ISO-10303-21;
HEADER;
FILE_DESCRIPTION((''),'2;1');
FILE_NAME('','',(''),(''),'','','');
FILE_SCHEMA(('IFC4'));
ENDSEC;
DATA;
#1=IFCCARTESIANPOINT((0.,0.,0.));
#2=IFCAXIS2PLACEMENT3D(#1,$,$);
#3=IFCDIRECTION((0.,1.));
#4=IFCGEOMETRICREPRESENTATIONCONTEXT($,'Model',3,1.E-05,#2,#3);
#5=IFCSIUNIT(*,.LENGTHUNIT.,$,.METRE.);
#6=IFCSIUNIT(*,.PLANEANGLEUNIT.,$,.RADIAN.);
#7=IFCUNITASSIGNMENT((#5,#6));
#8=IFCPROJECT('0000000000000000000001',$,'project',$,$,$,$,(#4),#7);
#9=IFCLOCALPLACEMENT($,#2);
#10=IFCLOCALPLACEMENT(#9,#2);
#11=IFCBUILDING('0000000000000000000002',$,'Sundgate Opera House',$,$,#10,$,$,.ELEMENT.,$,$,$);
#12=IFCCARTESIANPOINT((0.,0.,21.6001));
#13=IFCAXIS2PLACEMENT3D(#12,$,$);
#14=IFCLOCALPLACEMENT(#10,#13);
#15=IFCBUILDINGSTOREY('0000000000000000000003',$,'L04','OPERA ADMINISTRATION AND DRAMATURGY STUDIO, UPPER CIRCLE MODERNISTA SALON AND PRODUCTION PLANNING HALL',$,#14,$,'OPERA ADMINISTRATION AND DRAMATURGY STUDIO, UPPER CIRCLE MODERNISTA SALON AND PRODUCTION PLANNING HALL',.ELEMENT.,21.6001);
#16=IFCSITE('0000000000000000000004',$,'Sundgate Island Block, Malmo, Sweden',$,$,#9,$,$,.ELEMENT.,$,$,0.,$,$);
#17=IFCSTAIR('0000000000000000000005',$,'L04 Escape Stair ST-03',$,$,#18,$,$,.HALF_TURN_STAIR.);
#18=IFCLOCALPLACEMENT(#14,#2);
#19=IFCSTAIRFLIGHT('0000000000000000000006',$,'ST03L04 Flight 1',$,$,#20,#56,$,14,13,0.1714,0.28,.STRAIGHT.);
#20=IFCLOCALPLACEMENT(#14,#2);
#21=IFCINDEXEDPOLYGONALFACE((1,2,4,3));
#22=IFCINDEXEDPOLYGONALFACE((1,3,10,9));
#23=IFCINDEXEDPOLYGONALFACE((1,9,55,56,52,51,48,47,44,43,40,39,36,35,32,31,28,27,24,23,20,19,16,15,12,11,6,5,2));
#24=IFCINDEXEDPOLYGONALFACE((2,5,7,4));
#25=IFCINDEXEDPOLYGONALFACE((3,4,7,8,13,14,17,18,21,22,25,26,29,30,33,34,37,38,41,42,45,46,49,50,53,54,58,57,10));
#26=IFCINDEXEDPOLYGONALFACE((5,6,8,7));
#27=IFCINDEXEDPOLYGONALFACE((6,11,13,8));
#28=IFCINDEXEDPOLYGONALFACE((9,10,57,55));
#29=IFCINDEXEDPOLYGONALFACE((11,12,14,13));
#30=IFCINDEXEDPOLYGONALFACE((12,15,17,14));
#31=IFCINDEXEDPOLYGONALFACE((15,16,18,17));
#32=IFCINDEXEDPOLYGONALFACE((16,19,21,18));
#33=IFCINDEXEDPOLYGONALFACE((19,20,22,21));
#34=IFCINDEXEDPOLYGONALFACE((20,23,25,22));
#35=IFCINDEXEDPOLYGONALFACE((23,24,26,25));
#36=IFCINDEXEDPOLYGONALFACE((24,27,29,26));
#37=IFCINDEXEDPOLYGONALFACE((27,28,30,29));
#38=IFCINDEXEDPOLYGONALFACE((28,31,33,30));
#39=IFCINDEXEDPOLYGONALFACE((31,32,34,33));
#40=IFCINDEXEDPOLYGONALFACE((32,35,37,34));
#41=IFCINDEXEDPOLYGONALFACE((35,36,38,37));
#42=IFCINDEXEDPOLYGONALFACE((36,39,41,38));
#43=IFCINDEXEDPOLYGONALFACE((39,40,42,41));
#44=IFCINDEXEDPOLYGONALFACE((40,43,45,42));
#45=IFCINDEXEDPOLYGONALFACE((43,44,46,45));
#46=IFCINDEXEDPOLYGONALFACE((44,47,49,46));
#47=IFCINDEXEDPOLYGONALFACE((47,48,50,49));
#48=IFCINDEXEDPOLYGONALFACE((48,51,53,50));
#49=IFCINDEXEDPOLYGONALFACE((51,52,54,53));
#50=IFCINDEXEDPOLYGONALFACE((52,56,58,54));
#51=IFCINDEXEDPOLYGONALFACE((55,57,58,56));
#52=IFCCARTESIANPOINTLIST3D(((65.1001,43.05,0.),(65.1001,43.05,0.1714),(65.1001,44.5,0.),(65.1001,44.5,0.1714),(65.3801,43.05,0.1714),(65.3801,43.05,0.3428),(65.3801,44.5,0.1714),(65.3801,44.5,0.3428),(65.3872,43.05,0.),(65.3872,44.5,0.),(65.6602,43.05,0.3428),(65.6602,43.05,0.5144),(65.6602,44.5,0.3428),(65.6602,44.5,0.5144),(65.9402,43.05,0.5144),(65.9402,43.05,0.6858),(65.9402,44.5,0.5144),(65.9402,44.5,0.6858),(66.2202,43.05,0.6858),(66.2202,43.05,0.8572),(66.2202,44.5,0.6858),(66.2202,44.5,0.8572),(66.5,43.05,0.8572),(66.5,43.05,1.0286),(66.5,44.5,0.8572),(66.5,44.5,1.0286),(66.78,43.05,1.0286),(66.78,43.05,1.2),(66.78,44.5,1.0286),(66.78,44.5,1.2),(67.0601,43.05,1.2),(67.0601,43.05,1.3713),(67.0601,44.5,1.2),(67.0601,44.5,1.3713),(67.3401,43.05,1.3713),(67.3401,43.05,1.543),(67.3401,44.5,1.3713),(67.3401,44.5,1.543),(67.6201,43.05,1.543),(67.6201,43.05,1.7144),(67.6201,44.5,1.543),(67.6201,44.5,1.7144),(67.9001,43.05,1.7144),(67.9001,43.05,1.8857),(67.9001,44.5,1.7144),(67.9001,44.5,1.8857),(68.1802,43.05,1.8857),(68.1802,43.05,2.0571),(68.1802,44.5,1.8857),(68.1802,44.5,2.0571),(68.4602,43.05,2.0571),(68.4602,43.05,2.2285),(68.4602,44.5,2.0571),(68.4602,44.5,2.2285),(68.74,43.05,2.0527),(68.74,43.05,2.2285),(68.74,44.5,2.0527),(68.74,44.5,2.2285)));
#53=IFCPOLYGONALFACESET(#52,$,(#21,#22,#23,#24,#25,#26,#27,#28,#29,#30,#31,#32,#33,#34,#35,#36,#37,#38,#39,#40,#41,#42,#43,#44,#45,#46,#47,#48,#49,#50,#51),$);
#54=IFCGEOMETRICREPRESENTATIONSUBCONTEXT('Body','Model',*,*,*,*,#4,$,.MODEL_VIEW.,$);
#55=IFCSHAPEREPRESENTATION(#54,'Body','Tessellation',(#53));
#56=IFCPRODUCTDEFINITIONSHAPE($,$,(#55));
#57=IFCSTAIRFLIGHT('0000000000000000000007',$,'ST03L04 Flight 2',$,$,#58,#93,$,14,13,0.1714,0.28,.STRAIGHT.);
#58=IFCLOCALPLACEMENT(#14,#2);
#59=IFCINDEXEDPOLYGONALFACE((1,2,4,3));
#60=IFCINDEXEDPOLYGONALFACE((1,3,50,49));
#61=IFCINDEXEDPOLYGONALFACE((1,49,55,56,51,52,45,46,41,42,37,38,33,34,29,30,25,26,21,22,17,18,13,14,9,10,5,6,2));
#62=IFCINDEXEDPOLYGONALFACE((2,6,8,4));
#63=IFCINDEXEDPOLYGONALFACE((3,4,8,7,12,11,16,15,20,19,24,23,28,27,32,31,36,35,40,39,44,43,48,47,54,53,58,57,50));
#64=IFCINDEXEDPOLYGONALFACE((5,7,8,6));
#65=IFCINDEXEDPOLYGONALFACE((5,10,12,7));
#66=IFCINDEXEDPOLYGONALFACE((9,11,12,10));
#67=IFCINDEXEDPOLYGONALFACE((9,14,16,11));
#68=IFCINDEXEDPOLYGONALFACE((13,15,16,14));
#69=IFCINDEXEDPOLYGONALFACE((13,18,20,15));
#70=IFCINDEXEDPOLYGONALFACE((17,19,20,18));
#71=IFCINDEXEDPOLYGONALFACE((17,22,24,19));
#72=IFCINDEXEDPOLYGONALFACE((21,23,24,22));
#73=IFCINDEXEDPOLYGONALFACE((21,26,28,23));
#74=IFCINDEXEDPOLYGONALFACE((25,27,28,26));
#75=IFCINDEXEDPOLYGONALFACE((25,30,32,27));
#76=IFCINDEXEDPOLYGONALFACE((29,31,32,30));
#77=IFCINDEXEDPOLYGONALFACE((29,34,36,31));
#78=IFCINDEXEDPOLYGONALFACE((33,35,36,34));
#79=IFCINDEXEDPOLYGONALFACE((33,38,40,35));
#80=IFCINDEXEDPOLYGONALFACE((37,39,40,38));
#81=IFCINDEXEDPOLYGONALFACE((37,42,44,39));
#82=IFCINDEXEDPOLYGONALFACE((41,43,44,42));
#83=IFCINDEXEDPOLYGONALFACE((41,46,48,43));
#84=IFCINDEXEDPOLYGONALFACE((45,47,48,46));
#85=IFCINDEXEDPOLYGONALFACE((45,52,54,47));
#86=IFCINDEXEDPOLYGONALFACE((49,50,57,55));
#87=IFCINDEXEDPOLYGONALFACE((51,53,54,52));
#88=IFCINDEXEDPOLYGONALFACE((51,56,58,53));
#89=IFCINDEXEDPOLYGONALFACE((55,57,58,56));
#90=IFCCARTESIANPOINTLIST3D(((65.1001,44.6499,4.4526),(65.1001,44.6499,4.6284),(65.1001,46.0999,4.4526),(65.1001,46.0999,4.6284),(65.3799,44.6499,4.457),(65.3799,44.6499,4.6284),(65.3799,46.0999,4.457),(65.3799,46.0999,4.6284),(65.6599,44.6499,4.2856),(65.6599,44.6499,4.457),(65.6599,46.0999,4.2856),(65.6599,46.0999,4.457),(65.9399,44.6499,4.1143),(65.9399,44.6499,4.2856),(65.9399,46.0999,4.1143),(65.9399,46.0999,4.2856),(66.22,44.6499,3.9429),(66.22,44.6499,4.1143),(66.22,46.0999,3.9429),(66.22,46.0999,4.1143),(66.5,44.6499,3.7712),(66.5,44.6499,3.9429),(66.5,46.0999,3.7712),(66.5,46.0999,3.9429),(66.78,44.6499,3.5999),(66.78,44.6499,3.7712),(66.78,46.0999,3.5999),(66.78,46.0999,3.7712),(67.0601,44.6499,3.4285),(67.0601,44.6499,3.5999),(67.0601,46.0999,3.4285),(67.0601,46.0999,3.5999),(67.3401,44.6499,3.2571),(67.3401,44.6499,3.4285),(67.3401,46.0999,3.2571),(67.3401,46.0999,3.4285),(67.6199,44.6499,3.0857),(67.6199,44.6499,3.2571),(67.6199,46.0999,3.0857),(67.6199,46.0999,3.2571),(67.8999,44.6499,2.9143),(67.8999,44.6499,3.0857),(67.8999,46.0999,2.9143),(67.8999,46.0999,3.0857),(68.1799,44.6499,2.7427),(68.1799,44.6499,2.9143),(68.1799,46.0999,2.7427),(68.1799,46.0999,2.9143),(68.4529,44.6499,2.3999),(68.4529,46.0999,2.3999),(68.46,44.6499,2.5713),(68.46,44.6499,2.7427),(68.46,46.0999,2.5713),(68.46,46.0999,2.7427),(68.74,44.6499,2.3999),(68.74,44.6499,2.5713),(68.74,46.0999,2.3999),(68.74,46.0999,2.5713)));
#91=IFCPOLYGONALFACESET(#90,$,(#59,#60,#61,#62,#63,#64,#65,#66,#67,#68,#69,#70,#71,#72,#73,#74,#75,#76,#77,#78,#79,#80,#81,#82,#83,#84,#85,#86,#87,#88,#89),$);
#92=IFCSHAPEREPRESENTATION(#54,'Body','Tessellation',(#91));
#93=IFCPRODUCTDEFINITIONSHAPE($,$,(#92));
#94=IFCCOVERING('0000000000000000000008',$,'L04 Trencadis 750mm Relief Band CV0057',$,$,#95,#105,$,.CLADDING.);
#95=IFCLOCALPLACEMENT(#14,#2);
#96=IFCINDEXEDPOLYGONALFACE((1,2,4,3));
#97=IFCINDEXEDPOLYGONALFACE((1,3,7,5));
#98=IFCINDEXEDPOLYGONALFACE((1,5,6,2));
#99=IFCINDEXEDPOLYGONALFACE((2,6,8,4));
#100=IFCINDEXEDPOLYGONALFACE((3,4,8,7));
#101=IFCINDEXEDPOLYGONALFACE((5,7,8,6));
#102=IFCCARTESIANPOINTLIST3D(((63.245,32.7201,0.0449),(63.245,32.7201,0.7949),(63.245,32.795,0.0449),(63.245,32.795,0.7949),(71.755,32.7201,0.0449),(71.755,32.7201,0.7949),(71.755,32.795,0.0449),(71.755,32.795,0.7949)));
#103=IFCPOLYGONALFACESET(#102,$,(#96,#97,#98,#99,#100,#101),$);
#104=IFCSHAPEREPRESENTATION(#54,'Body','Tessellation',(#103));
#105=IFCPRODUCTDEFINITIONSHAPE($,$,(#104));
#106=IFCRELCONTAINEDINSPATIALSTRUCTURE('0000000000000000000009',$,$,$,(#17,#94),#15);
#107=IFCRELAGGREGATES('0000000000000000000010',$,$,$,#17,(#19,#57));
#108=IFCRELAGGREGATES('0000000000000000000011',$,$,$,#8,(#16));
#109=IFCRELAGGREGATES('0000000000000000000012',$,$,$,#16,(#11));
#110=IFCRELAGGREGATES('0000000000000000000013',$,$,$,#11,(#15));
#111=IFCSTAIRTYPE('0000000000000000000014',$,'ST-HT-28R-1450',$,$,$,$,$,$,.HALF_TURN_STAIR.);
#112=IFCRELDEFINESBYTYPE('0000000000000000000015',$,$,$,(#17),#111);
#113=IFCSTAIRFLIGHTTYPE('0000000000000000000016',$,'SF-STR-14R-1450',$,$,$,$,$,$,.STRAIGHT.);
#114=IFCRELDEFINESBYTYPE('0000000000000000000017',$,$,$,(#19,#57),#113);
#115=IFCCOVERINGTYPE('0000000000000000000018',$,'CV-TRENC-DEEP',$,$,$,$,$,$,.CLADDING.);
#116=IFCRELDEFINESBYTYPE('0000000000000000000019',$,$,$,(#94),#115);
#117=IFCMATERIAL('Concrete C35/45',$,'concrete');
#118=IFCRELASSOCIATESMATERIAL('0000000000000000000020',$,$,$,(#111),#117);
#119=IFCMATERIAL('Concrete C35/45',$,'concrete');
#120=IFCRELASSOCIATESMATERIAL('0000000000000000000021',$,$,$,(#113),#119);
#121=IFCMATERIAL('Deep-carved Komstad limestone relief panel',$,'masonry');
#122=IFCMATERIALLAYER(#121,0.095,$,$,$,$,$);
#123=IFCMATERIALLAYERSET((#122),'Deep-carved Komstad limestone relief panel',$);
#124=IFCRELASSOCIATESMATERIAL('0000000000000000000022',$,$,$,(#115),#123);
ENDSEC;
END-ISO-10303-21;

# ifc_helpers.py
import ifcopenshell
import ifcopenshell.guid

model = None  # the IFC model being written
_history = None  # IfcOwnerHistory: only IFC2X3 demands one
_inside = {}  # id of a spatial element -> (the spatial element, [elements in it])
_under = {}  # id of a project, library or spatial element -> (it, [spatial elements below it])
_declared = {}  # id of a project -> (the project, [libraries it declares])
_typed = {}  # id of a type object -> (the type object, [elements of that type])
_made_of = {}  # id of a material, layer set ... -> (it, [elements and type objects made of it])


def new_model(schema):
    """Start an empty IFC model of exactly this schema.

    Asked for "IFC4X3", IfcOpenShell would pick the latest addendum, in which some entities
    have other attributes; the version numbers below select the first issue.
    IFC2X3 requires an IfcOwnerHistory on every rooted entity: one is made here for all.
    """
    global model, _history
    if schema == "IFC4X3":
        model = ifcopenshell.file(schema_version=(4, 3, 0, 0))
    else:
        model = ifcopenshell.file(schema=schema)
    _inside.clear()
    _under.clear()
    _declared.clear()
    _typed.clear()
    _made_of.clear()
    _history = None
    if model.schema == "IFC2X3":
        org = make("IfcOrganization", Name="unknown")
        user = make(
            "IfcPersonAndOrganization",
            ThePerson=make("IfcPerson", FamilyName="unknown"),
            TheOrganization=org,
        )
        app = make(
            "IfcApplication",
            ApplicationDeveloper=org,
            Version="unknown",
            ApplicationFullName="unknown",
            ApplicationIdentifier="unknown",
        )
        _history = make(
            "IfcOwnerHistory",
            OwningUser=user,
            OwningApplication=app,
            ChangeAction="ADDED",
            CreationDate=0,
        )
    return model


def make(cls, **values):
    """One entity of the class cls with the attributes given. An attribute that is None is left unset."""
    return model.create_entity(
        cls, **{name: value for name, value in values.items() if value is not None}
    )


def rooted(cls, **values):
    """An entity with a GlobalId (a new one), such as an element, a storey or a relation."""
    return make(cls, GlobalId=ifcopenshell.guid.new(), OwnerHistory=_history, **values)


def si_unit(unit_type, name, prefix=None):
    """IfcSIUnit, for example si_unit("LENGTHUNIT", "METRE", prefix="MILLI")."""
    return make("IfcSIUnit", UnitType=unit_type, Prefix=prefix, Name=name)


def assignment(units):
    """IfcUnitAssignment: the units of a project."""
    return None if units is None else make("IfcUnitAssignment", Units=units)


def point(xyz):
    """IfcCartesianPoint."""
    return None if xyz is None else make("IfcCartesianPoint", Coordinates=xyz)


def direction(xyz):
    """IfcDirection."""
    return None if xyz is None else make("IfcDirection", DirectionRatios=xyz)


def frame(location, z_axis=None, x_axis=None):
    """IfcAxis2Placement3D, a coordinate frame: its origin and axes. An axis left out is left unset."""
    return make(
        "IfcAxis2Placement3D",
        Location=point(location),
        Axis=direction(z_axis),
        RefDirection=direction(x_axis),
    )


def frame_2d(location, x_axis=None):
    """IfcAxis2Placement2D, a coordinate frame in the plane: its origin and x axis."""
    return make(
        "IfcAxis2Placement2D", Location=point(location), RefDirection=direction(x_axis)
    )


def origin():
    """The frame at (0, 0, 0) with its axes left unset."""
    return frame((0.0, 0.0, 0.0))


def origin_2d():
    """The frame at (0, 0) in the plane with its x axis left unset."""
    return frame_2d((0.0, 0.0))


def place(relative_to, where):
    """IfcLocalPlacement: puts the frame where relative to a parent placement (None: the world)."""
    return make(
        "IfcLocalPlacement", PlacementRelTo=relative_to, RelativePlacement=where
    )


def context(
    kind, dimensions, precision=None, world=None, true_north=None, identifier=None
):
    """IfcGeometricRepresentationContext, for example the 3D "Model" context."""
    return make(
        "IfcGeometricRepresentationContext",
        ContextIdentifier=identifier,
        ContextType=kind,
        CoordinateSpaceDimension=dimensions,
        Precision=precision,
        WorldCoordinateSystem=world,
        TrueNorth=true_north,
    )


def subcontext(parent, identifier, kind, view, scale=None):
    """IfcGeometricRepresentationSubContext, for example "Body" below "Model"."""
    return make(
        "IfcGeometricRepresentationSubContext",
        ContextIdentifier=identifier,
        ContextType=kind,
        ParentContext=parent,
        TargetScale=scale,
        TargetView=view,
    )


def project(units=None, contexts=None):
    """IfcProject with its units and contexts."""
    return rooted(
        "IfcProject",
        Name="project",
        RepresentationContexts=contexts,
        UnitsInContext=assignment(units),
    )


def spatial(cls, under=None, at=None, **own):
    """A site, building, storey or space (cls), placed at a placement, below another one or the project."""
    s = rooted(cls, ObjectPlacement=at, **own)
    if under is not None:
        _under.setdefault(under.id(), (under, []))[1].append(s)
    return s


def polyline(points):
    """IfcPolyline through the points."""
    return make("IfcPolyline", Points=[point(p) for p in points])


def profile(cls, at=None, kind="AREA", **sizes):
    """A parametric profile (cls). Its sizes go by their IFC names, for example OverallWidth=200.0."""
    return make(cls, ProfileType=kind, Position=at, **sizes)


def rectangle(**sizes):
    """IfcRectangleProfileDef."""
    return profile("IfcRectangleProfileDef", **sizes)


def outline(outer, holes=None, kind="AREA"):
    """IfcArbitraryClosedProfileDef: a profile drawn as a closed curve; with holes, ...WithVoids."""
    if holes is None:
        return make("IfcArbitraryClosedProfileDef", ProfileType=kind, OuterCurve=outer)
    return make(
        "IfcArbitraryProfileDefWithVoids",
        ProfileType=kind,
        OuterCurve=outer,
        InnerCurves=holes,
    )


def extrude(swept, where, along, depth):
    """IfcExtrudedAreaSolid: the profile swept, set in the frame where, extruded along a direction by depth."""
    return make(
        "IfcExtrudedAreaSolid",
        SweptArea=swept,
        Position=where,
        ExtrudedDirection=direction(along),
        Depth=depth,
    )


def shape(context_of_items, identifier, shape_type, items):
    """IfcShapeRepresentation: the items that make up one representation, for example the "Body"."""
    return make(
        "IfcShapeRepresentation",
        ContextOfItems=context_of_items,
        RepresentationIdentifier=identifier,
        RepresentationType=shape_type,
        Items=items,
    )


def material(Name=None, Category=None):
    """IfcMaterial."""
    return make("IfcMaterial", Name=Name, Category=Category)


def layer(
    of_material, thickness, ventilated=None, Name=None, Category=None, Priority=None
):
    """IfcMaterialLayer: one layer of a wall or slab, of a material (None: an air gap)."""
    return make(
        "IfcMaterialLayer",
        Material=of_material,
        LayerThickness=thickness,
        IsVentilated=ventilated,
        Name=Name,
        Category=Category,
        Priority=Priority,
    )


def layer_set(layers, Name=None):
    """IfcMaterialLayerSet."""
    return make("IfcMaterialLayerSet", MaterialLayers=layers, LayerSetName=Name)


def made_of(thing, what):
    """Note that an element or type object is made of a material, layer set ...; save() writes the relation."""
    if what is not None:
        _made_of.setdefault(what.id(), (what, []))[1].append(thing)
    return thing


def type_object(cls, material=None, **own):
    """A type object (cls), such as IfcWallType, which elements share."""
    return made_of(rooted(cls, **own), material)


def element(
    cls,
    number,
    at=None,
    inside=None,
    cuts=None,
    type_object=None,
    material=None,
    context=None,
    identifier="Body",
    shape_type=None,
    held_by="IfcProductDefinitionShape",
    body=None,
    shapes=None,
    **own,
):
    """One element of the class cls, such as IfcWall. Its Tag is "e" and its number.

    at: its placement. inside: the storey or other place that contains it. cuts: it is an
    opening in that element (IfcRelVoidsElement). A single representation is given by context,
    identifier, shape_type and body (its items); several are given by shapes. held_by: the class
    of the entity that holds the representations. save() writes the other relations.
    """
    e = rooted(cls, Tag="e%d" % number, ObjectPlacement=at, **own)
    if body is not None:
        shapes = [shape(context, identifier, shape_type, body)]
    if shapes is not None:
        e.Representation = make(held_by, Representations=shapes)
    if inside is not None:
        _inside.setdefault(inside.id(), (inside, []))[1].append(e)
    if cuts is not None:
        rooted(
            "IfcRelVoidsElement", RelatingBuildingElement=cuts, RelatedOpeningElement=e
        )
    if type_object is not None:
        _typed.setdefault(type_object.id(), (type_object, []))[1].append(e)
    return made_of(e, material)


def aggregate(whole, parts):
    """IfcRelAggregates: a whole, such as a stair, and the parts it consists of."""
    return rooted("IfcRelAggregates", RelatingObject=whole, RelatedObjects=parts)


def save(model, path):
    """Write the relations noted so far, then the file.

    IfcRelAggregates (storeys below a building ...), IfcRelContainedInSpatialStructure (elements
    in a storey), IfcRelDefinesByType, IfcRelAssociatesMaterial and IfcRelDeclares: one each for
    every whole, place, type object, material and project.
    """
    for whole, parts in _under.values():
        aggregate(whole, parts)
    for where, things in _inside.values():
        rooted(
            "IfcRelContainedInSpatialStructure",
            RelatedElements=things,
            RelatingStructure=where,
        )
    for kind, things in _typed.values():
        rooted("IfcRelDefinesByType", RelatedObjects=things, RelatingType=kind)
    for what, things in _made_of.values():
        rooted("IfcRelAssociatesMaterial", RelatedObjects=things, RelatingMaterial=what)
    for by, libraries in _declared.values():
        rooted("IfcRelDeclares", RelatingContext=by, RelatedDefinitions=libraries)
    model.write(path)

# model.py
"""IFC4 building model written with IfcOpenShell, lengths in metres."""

from ifc_helpers import new_model, si_unit, direction, frame, origin, origin_2d, place, context, subcontext, project, spatial, polyline, rectangle, outline, extrude, material, layer, layer_set, type_object, element, aggregate, save


model = new_model("IFC4")

# Units and contexts
model_context = context("Model", 3, precision=1e-05, world=origin(), true_north=direction((0.0, 1.0)))
body_context = subcontext(model_context, "Body", "Model", "MODEL_VIEW")
ifc_project = project(units=[si_unit("LENGTHUNIT", "METRE"), si_unit("PLANEANGLEUNIT", "RADIAN")], contexts=[model_context])

# Site, building, storey
site_placement = place(None, origin())
site = spatial("IfcSite", under=ifc_project, at=site_placement, Name="Sundgate Island Block, Malmo, Sweden", CompositionType="ELEMENT", RefElevation=0.0)
building_placement = place(site_placement, origin())
building = spatial("IfcBuilding", under=site, at=building_placement, Name="Sundgate Opera House", CompositionType="ELEMENT")
storey_placement = place(building_placement, frame((0.0, 0.0, 21.6001)))
storey = spatial("IfcBuildingStorey", under=building, at=storey_placement, Name="L04", Description="OPERA ADMINISTRATION AND DRAMATURGY STUDIO, UPPER CIRCLE MODERNISTA SALON AND PRODUCTION PLANNING HALL", LongName="OPERA ADMINISTRATION AND DRAMATURGY STUDIO, UPPER CIRCLE MODERNISTA SALON AND PRODUCTION PLANNING HALL", CompositionType="ELEMENT", Elevation=21.6001)

# Stair, stair flights
ifc_material_1 = material(Name="Concrete C35/45", Category="concrete")
stair_type = type_object("IfcStairType", Name="ST-HT-28R-1450", PredefinedType="HALF_TURN_STAIR", material=ifc_material_1)
stair_placement = place(storey_placement, origin())
stair = element("IfcStair", 1, at=stair_placement, inside=storey, type_object=stair_type, Name="L04 Escape Stair ST-03", PredefinedType="HALF_TURN_STAIR")
ifc_material_2 = material(Name="Concrete C35/45", Category="concrete")
stair_flight_type = type_object("IfcStairFlightType", Name="SF-STR-14R-1450", PredefinedType="STRAIGHT", material=ifc_material_2)
stair_flight_1_placement = place(storey_placement, frame((65.1001, 43.7749, 0.0), z_axis=(0.0, 0.0, 1.0), x_axis=(1.0, 0.0, 0.0)))
stair_flight_1 = element("IfcStairFlight", 2, at=stair_flight_1_placement, type_object=stair_flight_type, Name="ST03L04 Flight 1", NumberOfRisers=14, NumberOfTreads=13, PredefinedType="STRAIGHT", RiserHeight=0.1714, TreadLength=0.28, context=body_context, shape_type="SweptSolid", body=[
    extrude(outline(polyline([(0.0, 0.0), (0.0, 0.1714), (0.28, 0.1714), (0.28, 0.3428), (0.5601, 0.3428), (0.5601, 0.5144), (0.8401, 0.5144), (0.8401, 0.6858), (1.1201, 0.6858), (1.1201, 0.8572), (1.3999, 0.8572), (1.3999, 1.0286), (1.6799, 1.0286), (1.6799, 1.2), (1.96, 1.2), (1.96, 1.3713), (2.24, 1.3713), (2.24, 1.543), (2.52, 1.543), (2.52, 1.7144), (2.8, 1.7144), (2.8, 1.8857), (3.0801, 1.8857), (3.0801, 2.0571), (3.3601, 2.0571), (3.3601, 2.2285), (3.6399, 2.2285), (3.6399, 2.3999), (3.6399, 2.0527), (0.2871, 0.0), (0.0, 0.0)])), frame((0.0, 0.7251, 0.0), z_axis=(0.0, -1.0, 0.0), x_axis=(1.0, 0.0, 0.0)), (0.0, 0.0, 1.0), 1.45),
])
stair_flight_2_placement = place(storey_placement, frame((68.74, 45.375, 2.3999), z_axis=(0.0, 0.0, 1.0), x_axis=(-1.0, 0.0, 0.0)))
stair_flight_2 = element("IfcStairFlight", 3, at=stair_flight_2_placement, type_object=stair_flight_type, Name="ST03L04 Flight 2", NumberOfRisers=14, NumberOfTreads=13, PredefinedType="STRAIGHT", RiserHeight=0.1714, TreadLength=0.28, context=body_context, shape_type="SweptSolid", body=[
    extrude(outline(polyline([(0.0, 0.0), (0.0, 0.1714), (0.28, 0.1714), (0.28, 0.3428), (0.5601, 0.3428), (0.5601, 0.5144), (0.8401, 0.5144), (0.8401, 0.6858), (1.1201, 0.6858), (1.1201, 0.8572), (1.3999, 0.8572), (1.3999, 1.0286), (1.6799, 1.0286), (1.6799, 1.2), (1.96, 1.2), (1.96, 1.3713), (2.24, 1.3713), (2.24, 1.543), (2.52, 1.543), (2.52, 1.7144), (2.8, 1.7144), (2.8, 1.8857), (3.0801, 1.8857), (3.0801, 2.0571), (3.3601, 2.0571), (3.3601, 2.2285), (3.6399, 2.2285), (3.6399, 2.3999), (3.6399, 2.0527), (0.2871, 0.0), (0.0, 0.0)])), frame((0.0, 0.7251, 0.0), z_axis=(0.0, -1.0, 0.0), x_axis=(1.0, 0.0, 0.0)), (0.0, 0.0, 1.0), 1.45),
])
aggregate(stair, [stair_flight_1, stair_flight_2])

# Covering
ifc_material_3 = material(Name="Deep-carved Komstad limestone relief panel", Category="masonry")
ifc_layer_1 = layer(ifc_material_3, 0.095)
ifc_layer_set_1 = layer_set([ifc_layer_1], Name="Deep-carved Komstad limestone relief panel")
covering_type = type_object("IfcCoveringType", Name="CV-TRENC-DEEP", PredefinedType="CLADDING", material=ifc_layer_set_1)
covering_placement = place(storey_placement, frame((67.5, 32.7576, 0.0449), z_axis=(0.0, 0.0, 1.0), x_axis=(1.0, 0.0, 0.0)))
element("IfcCovering", 4, at=covering_placement, inside=storey, type_object=covering_type, Name="L04 Trencadis 750mm Relief Band CV0057", PredefinedType="CLADDING", context=body_context, shape_type="SweptSolid", body=[
    extrude(rectangle(XDim=8.51, YDim=0.075, at=origin_2d()), origin(), (0.0, 0.0, 1.0), 0.75),
])

save(model, "model.ifc")
